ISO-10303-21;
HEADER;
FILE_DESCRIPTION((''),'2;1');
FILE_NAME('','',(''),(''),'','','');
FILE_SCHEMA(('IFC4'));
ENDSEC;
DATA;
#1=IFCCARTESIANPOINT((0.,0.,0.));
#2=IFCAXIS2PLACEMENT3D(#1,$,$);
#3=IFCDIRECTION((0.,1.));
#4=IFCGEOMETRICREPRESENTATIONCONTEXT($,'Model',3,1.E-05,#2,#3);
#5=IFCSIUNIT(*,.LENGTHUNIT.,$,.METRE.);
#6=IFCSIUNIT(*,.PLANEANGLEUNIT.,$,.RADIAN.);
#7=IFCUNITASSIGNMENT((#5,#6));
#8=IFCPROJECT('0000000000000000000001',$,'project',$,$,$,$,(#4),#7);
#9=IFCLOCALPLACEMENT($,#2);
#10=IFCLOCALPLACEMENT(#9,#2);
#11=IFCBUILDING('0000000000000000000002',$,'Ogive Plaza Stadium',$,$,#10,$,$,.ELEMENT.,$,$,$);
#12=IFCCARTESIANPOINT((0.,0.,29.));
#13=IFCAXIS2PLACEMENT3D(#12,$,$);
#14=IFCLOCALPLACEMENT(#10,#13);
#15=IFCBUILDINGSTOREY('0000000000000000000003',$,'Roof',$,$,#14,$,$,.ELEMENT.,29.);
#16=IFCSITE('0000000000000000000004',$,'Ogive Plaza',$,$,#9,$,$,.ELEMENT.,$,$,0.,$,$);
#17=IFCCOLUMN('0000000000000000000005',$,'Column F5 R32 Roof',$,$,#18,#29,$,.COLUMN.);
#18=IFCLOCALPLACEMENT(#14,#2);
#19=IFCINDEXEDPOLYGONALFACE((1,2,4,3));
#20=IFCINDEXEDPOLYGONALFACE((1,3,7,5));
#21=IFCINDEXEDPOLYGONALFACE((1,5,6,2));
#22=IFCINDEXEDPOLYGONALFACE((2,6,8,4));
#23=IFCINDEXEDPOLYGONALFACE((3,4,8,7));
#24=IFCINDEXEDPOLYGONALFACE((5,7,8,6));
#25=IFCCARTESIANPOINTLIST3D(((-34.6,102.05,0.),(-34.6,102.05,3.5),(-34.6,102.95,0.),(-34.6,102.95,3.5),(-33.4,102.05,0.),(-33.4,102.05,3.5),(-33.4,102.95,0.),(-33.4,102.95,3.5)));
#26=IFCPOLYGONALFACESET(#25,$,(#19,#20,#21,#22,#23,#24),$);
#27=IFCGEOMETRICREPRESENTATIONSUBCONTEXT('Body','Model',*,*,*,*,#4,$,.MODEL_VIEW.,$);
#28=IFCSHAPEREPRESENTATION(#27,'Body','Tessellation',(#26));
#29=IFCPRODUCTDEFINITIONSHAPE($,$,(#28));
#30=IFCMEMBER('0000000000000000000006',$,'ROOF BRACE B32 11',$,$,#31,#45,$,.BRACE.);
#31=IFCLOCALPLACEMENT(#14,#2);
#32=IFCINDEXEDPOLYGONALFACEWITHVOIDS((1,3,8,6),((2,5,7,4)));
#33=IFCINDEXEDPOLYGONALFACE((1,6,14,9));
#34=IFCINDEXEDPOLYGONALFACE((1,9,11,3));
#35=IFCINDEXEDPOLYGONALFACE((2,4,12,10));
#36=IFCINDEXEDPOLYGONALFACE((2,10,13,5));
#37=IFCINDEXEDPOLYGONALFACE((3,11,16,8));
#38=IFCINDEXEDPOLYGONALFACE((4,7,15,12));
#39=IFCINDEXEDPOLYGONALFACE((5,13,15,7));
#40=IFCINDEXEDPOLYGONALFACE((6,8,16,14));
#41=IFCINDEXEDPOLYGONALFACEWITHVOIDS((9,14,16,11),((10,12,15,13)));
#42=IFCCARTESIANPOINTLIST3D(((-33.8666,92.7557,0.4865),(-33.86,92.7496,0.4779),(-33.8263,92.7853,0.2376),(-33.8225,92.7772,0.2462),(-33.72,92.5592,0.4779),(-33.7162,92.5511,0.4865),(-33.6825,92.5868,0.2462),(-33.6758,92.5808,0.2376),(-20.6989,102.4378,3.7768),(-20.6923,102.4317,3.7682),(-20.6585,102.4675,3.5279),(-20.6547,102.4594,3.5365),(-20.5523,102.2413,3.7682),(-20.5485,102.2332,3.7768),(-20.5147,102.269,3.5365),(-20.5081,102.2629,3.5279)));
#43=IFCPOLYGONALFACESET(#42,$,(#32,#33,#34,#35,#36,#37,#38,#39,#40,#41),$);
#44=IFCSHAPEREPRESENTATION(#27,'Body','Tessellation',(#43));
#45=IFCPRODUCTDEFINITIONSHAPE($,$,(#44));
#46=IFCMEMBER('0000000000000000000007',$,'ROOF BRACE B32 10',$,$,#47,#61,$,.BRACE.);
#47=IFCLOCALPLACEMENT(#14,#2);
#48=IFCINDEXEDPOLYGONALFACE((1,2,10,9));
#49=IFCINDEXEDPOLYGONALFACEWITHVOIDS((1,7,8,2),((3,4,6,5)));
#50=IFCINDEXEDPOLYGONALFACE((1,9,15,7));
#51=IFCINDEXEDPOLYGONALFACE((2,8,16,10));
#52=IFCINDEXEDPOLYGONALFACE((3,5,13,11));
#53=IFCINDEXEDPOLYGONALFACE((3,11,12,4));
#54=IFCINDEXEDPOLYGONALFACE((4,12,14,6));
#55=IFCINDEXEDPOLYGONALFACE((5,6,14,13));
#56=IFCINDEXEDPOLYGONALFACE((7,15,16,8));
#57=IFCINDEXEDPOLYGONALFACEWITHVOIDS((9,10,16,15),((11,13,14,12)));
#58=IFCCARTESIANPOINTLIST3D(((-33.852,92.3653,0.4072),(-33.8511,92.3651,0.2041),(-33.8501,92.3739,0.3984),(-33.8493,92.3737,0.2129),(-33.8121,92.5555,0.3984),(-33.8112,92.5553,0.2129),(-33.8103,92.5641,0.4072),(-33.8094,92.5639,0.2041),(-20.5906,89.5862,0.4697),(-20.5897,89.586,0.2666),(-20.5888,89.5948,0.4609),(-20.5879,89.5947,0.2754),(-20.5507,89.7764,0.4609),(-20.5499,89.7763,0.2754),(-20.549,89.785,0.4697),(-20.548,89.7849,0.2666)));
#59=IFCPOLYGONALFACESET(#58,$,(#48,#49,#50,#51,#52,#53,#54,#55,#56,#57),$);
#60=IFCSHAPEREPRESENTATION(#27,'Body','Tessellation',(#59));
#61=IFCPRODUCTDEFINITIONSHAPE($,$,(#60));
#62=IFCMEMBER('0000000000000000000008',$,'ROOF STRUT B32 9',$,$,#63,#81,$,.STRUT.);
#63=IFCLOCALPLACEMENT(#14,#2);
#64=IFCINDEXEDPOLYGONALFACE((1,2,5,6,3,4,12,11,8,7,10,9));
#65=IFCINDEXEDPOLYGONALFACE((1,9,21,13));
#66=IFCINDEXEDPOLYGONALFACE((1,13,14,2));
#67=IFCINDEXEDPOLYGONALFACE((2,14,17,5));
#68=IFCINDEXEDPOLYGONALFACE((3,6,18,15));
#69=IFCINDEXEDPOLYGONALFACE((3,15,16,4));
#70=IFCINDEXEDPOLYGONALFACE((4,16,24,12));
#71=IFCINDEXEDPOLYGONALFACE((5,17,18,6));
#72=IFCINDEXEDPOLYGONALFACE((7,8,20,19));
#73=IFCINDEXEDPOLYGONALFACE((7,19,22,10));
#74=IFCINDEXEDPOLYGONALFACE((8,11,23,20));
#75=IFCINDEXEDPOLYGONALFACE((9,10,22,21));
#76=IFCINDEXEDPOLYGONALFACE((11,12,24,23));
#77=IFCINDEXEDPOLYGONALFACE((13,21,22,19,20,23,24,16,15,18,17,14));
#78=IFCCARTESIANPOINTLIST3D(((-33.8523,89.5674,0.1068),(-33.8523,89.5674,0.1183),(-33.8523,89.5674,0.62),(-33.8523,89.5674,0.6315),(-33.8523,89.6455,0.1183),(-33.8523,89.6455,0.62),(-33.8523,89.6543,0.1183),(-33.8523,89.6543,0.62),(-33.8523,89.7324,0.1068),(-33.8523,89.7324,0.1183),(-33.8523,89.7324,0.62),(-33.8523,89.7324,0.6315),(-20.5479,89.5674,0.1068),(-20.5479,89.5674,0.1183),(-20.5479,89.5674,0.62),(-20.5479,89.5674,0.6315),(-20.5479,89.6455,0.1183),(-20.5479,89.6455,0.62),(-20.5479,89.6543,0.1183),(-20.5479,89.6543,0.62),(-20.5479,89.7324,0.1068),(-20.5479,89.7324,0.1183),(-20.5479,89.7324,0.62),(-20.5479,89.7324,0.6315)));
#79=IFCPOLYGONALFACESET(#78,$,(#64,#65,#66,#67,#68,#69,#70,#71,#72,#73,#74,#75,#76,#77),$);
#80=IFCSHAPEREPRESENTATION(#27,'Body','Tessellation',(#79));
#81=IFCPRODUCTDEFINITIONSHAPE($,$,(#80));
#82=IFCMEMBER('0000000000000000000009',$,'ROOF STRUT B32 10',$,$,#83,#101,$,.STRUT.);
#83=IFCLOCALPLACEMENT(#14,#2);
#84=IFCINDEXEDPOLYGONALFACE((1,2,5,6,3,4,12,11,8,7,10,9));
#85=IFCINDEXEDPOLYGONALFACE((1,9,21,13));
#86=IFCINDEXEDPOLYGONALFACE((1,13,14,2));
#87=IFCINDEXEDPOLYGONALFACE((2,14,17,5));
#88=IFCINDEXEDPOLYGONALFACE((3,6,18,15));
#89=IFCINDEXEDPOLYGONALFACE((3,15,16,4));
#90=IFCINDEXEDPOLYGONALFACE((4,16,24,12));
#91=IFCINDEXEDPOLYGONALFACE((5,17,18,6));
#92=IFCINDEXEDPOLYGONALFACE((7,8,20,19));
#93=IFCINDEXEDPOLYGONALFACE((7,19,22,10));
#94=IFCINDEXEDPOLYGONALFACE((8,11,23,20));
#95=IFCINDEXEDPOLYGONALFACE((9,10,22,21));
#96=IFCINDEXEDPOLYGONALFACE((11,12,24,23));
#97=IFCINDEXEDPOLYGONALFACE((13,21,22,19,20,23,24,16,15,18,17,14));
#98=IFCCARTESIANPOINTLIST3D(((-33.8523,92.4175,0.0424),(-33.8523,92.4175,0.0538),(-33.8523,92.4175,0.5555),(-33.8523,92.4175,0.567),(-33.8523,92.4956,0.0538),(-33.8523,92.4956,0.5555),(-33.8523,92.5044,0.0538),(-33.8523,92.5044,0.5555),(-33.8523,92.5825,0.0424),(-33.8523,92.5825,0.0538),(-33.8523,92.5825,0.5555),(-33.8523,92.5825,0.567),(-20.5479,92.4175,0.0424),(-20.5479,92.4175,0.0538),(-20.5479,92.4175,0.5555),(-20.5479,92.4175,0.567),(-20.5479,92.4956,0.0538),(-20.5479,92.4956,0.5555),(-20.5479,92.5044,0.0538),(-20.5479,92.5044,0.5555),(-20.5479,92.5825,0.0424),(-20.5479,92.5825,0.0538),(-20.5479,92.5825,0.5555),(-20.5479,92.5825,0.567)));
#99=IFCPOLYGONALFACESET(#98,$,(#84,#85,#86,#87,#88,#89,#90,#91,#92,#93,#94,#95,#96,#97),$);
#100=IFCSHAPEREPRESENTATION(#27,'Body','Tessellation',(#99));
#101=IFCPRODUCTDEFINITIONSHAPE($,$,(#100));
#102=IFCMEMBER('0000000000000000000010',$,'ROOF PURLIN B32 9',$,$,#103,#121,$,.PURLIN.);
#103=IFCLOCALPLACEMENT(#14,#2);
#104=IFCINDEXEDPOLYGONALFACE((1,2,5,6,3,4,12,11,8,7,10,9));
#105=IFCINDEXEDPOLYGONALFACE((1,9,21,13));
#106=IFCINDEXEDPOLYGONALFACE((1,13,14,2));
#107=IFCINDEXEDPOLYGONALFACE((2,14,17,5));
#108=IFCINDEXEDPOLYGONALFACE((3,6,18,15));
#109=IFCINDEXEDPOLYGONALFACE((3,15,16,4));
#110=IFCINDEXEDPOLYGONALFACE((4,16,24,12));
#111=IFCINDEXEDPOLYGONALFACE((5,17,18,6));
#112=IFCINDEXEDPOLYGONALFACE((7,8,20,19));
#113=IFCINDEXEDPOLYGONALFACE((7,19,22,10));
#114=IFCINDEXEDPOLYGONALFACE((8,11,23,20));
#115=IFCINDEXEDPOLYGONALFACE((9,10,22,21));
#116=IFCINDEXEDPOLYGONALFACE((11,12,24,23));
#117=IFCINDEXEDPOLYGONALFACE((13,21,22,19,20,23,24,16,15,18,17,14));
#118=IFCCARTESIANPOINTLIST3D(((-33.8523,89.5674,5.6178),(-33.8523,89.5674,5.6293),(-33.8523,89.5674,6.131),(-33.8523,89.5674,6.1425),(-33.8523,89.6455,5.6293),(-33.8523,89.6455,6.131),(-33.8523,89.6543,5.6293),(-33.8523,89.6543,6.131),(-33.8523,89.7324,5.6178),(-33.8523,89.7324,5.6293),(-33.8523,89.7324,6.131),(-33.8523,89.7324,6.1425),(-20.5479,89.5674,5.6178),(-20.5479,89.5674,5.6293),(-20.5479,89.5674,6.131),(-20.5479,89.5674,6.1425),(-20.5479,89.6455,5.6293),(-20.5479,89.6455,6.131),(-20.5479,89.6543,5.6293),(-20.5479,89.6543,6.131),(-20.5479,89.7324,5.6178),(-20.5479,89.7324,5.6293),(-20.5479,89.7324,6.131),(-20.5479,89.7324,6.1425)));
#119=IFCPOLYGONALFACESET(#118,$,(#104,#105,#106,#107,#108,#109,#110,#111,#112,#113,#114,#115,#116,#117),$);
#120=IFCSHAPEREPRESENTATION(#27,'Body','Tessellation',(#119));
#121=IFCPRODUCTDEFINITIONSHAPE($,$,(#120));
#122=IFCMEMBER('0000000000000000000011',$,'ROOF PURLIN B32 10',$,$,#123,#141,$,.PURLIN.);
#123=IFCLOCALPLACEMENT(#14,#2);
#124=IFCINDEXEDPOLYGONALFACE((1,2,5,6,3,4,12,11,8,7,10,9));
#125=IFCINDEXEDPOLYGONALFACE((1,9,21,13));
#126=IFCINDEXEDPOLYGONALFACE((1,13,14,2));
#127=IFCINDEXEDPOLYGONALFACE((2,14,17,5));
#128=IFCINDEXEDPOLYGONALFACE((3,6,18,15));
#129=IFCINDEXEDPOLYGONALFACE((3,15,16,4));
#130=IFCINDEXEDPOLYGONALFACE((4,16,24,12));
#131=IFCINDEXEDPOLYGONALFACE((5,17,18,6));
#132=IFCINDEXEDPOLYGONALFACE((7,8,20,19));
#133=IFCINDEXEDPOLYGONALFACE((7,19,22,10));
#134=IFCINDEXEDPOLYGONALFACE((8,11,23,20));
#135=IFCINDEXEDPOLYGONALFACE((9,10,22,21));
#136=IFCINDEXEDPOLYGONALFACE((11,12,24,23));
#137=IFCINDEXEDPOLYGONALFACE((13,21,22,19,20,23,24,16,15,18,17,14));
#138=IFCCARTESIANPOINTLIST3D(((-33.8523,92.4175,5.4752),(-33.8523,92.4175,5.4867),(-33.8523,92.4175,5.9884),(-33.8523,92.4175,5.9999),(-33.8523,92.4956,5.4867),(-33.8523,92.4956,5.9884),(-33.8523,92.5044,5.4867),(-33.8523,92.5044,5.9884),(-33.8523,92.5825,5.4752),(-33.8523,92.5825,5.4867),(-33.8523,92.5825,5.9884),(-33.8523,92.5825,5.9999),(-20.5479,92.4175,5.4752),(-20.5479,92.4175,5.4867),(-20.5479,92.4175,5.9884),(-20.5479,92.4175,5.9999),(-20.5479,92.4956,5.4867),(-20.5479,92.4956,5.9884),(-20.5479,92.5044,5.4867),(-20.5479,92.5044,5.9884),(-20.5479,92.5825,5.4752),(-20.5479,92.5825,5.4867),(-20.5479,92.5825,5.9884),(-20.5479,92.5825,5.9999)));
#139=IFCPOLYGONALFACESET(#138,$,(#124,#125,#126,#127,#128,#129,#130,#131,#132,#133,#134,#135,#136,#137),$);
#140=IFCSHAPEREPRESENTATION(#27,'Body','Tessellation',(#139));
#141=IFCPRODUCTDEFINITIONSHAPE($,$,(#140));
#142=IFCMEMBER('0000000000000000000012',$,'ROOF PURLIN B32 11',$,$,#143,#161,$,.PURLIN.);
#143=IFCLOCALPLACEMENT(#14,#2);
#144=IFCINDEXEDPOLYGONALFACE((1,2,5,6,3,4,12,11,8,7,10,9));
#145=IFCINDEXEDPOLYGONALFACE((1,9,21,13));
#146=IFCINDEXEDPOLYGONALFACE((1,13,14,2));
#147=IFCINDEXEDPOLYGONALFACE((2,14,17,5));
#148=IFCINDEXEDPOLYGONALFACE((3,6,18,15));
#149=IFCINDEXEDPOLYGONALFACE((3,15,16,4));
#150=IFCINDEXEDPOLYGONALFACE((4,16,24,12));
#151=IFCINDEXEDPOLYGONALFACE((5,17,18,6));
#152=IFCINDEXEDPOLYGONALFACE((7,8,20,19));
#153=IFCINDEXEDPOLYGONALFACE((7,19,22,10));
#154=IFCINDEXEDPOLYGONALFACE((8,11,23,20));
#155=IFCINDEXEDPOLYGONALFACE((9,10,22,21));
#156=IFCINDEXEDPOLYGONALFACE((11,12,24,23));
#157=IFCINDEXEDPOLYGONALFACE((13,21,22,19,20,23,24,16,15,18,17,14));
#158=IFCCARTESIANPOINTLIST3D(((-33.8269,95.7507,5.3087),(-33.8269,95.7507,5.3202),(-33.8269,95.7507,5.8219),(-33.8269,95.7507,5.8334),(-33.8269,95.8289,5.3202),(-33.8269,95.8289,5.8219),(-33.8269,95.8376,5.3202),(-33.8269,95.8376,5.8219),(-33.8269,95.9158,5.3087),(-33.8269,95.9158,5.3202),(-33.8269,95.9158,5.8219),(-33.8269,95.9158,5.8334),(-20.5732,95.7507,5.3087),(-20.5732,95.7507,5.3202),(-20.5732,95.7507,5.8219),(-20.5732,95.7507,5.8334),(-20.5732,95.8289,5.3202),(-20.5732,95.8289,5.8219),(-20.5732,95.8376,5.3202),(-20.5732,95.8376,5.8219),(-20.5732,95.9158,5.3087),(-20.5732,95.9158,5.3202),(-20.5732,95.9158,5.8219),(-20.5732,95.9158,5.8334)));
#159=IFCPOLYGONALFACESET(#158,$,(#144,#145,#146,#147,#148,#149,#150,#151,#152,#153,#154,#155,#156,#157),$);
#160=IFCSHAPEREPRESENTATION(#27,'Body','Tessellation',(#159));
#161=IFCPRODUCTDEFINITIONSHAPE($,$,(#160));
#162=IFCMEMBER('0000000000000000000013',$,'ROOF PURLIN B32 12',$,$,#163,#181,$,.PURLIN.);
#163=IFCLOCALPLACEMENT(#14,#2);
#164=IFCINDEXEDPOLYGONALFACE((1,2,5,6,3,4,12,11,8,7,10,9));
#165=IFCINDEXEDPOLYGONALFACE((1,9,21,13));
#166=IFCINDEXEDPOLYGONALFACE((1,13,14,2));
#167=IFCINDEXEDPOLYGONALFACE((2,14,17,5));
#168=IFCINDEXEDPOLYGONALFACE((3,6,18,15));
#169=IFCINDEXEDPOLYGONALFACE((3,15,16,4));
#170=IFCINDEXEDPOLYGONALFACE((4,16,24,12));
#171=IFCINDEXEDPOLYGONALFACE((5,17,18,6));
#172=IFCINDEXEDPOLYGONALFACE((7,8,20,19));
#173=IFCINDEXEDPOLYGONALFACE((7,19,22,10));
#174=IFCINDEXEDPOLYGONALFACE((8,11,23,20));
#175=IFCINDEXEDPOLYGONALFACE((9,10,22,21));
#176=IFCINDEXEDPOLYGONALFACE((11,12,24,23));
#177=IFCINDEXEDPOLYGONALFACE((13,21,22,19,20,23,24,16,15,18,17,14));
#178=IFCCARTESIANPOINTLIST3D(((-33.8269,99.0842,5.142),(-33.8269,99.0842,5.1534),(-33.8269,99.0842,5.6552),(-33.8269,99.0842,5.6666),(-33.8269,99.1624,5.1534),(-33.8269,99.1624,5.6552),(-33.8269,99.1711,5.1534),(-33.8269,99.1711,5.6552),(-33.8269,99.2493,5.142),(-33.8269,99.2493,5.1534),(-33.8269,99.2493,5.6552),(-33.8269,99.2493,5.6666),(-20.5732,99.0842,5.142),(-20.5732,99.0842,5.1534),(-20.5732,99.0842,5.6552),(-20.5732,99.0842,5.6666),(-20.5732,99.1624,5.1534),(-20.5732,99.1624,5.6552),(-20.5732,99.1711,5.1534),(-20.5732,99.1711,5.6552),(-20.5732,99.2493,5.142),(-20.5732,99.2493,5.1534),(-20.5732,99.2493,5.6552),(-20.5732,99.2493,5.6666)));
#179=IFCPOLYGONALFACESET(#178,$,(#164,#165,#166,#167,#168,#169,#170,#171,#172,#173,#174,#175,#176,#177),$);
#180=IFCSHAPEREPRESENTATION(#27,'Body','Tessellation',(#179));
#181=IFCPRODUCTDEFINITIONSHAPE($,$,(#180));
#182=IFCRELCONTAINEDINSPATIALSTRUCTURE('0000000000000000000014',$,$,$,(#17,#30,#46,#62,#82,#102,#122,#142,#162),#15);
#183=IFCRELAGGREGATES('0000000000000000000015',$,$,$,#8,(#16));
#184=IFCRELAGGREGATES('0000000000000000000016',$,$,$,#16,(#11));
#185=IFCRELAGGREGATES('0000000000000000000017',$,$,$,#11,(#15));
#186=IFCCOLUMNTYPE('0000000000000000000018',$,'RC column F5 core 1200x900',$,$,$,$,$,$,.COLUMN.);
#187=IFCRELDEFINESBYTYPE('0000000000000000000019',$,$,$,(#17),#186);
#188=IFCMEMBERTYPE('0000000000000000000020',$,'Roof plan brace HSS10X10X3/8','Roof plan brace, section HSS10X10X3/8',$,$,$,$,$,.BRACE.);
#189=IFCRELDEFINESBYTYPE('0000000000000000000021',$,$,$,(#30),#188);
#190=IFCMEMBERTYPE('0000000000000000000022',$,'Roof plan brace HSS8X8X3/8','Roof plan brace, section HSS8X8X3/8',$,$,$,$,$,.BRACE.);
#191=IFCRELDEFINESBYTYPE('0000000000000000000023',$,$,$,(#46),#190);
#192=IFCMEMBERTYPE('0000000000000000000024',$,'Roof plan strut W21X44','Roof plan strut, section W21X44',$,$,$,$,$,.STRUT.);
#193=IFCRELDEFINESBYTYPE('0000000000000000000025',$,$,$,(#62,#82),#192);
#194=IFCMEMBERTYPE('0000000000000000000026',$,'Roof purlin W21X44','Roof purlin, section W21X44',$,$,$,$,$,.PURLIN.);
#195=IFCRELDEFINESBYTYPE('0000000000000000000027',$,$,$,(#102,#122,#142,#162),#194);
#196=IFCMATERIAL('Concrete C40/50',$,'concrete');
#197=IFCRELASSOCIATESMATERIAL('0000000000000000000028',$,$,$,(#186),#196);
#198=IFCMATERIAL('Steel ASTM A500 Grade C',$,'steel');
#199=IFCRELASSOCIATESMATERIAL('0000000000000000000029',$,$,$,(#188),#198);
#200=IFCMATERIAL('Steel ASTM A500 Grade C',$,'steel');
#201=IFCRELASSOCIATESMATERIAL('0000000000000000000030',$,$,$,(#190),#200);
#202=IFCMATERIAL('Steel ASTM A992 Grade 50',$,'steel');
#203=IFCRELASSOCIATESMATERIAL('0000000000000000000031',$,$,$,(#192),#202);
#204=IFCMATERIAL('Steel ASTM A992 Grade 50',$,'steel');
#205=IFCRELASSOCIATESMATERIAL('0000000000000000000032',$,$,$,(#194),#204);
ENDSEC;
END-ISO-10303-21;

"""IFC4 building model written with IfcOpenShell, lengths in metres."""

from ifc_helpers import new_model, si_unit, direction, frame, origin, origin_2d, place, context, subcontext, project, spatial, rectangle, hollow_rectangle, i_section, extrude, material, material_profile, profile_set, type_object, element, save


model = new_model("IFC4")

# Units and contexts
model_context = context("Model", 3, precision=1e-05, world=origin(), true_north=direction((0.0, 1.0)))
body_context = subcontext(model_context, "Body", "Model", "MODEL_VIEW")
ifc_project = project(units=[si_unit("LENGTHUNIT", "METRE"), si_unit("PLANEANGLEUNIT", "RADIAN")], contexts=[model_context])

# Site, building, storey
site_placement = place(None, origin())
site = spatial("IfcSite", under=ifc_project, at=site_placement, Name="Ogive Plaza", CompositionType="ELEMENT", RefElevation=0.0)
building_placement = place(site_placement, origin())
building = spatial("IfcBuilding", under=site, at=building_placement, Name="Ogive Plaza Stadium", CompositionType="ELEMENT")
storey_placement = place(building_placement, frame((0.0, 0.0, 29.0)))
storey = spatial("IfcBuildingStorey", under=building, at=storey_placement, Name="Roof", CompositionType="ELEMENT", Elevation=29.0)

# Column
ifc_material_1 = material(Name="Concrete C40/50", Category="concrete")
ifc_material_profile_1 = material_profile(ifc_material_1, rectangle(XDim=1.2, YDim=0.8999, at=origin_2d()), Name="RC 1200x900")
ifc_profile_set_1 = profile_set([ifc_material_profile_1], Name="Concrete C40/50")
column_type = type_object("IfcColumnType", Name="RC column F5 core 1200x900", PredefinedType="COLUMN", material=ifc_profile_set_1)
column_placement = place(storey_placement, frame((-34.0, 102.5, 0.0), z_axis=(0.0, 0.0, 1.0), x_axis=(-1.0, 0.0, 0.0)))
element("IfcColumn", 1, at=column_placement, inside=storey, type_object=column_type, Name="Column F5 R32 Roof", PredefinedType="COLUMN", context=body_context, shape_type="SweptSolid", body=[
    extrude(rectangle(XDim=1.2, YDim=0.8999, at=origin_2d()), origin(), (0.0, 0.0, 1.0), 3.5),
])

# Members
ifc_material_2 = material(Name="Steel ASTM A500 Grade C", Category="steel")
ifc_material_profile_2 = material_profile(ifc_material_2, hollow_rectangle(XDim=0.2539, YDim=0.2539, WallThickness=0.0088, at=origin_2d()), Name="HSS10X10X3/8")
ifc_profile_set_2 = profile_set([ifc_material_profile_2], Name="Steel ASTM A500 Grade C")
member_type_1 = type_object("IfcMemberType", Name="Roof plan brace HSS10X10X3/8", Description="Roof plan brace, section HSS10X10X3/8", PredefinedType="BRACE", material=ifc_profile_set_2)
member_1_placement = place(storey_placement, frame((-33.7712, 92.6682, 0.3621), z_axis=(0.789807, 0.580739, 0.197353), x_axis=(-0.59239, 0.805652, 0.0)))
element("IfcMember", 2, at=member_1_placement, inside=storey, type_object=member_type_1, Name="ROOF BRACE B32 11", PredefinedType="BRACE", context=body_context, shape_type="SweptSolid", body=[
    extrude(hollow_rectangle(XDim=0.2539, YDim=0.2539, WallThickness=0.0088, at=origin_2d()), origin(), (0.0, 0.0, 1.0), 16.6721),
])
ifc_material_3 = material(Name="Steel ASTM A500 Grade C", Category="steel")
ifc_material_profile_3 = material_profile(ifc_material_3, hollow_rectangle(XDim=0.2031, YDim=0.2031, WallThickness=0.0088, at=origin_2d()), Name="HSS8X8X3/8")
ifc_profile_set_3 = profile_set([ifc_material_profile_3], Name="Steel ASTM A500 Grade C")
member_type_2 = type_object("IfcMemberType", Name="Roof plan brace HSS8X8X3/8", Description="Roof plan brace, section HSS8X8X3/8", PredefinedType="BRACE", material=ifc_profile_set_3)
member_2_placement = place(storey_placement, frame((-20.5693, 89.6855, 0.3682), z_axis=(-0.97873, 0.205101, -0.004613), x_axis=(-0.205103, -0.97874, 0.0)))
element("IfcMember", 3, at=member_2_placement, inside=storey, type_object=member_type_2, Name="ROOF BRACE B32 10", PredefinedType="BRACE", context=body_context, shape_type="SweptSolid", body=[
    extrude(hollow_rectangle(XDim=0.2031, YDim=0.2031, WallThickness=0.0088, at=origin_2d()), origin(), (0.0, 0.0, 1.0), 13.5496),
])
ifc_material_4 = material(Name="Steel ASTM A992 Grade 50", Category="steel")
ifc_material_profile_4 = material_profile(ifc_material_4, i_section(OverallWidth=0.165, OverallDepth=0.5247, WebThickness=0.0088, FlangeThickness=0.0115, at=origin_2d()), Name="W21X44")
ifc_profile_set_4 = profile_set([ifc_material_profile_4], Name="Steel ASTM A992 Grade 50")
member_type_3 = type_object("IfcMemberType", Name="Roof plan strut W21X44", Description="Roof plan strut, section W21X44", PredefinedType="STRUT", material=ifc_profile_set_4)
for number, where, z_axis, x_axis, name in (
    (4, (-33.8523, 89.6499, 0.3691), (1.0, 0.0, 0.0), (0.0, 1.0, 0.0), "ROOF STRUT B32 9"),
    (5, (-33.8523, 92.5, 0.3047), (1.0, 0.0, 0.0), (0.0, 1.0, 0.0), "ROOF STRUT B32 10"),
):
    element("IfcMember", number, at=place(storey_placement, frame(where, z_axis=z_axis, x_axis=x_axis)), inside=storey, type_object=member_type_3, Name=name, PredefinedType="STRUT", context=body_context, shape_type="SweptSolid", body=[
        extrude(i_section(OverallWidth=0.165, OverallDepth=0.5247, WebThickness=0.0088, FlangeThickness=0.0115, at=origin_2d()), origin(), (0.0, 0.0, 1.0), 13.3044),
    ])
ifc_material_5 = material(Name="Steel ASTM A992 Grade 50", Category="steel")
ifc_material_profile_5 = material_profile(ifc_material_5, i_section(OverallWidth=0.165, OverallDepth=0.5247, WebThickness=0.0088, FlangeThickness=0.0115, at=origin_2d()), Name="W21X44")
ifc_profile_set_5 = profile_set([ifc_material_profile_5], Name="Steel ASTM A992 Grade 50")
member_type_4 = type_object("IfcMemberType", Name="Roof purlin W21X44", Description="Roof purlin, section W21X44", PredefinedType="PURLIN", material=ifc_profile_set_5)
for number, where, z_axis, x_axis, name in (
    (6, (-33.8523, 89.6499, 5.8801), (1.0, 0.0, 0.0), (0.0, 1.0, 0.0), "ROOF PURLIN B32 9"),
    (7, (-33.8523, 92.5, 5.7375), (1.0, 0.0, 0.0), (0.0, 1.0, 0.0), "ROOF PURLIN B32 10"),
):
    element("IfcMember", number, at=place(storey_placement, frame(where, z_axis=z_axis, x_axis=x_axis)), inside=storey, type_object=member_type_4, Name=name, PredefinedType="PURLIN", context=body_context, shape_type="SweptSolid", body=[
        extrude(i_section(OverallWidth=0.165, OverallDepth=0.5247, WebThickness=0.0088, FlangeThickness=0.0115, at=origin_2d()), origin(), (0.0, 0.0, 1.0), 13.3044),
    ])
for number, where, z_axis, x_axis, name in (
    (8, (-33.8269, 95.8333, 5.571), (1.0, 0.0, 0.0), (0.0, 1.0, 0.0), "ROOF PURLIN B32 11"),
    (9, (-33.8269, 99.1667, 5.4043), (1.0, 0.0, 0.0), (0.0, 1.0, 0.0), "ROOF PURLIN B32 12"),
):
    element("IfcMember", number, at=place(storey_placement, frame(where, z_axis=z_axis, x_axis=x_axis)), inside=storey, type_object=member_type_4, Name=name, PredefinedType="PURLIN", context=body_context, shape_type="SweptSolid", body=[
        extrude(i_section(OverallWidth=0.165, OverallDepth=0.5247, WebThickness=0.0088, FlangeThickness=0.0115, at=origin_2d()), origin(), (0.0, 0.0, 1.0), 13.2537),
    ])

save(model, "model.ifc")
